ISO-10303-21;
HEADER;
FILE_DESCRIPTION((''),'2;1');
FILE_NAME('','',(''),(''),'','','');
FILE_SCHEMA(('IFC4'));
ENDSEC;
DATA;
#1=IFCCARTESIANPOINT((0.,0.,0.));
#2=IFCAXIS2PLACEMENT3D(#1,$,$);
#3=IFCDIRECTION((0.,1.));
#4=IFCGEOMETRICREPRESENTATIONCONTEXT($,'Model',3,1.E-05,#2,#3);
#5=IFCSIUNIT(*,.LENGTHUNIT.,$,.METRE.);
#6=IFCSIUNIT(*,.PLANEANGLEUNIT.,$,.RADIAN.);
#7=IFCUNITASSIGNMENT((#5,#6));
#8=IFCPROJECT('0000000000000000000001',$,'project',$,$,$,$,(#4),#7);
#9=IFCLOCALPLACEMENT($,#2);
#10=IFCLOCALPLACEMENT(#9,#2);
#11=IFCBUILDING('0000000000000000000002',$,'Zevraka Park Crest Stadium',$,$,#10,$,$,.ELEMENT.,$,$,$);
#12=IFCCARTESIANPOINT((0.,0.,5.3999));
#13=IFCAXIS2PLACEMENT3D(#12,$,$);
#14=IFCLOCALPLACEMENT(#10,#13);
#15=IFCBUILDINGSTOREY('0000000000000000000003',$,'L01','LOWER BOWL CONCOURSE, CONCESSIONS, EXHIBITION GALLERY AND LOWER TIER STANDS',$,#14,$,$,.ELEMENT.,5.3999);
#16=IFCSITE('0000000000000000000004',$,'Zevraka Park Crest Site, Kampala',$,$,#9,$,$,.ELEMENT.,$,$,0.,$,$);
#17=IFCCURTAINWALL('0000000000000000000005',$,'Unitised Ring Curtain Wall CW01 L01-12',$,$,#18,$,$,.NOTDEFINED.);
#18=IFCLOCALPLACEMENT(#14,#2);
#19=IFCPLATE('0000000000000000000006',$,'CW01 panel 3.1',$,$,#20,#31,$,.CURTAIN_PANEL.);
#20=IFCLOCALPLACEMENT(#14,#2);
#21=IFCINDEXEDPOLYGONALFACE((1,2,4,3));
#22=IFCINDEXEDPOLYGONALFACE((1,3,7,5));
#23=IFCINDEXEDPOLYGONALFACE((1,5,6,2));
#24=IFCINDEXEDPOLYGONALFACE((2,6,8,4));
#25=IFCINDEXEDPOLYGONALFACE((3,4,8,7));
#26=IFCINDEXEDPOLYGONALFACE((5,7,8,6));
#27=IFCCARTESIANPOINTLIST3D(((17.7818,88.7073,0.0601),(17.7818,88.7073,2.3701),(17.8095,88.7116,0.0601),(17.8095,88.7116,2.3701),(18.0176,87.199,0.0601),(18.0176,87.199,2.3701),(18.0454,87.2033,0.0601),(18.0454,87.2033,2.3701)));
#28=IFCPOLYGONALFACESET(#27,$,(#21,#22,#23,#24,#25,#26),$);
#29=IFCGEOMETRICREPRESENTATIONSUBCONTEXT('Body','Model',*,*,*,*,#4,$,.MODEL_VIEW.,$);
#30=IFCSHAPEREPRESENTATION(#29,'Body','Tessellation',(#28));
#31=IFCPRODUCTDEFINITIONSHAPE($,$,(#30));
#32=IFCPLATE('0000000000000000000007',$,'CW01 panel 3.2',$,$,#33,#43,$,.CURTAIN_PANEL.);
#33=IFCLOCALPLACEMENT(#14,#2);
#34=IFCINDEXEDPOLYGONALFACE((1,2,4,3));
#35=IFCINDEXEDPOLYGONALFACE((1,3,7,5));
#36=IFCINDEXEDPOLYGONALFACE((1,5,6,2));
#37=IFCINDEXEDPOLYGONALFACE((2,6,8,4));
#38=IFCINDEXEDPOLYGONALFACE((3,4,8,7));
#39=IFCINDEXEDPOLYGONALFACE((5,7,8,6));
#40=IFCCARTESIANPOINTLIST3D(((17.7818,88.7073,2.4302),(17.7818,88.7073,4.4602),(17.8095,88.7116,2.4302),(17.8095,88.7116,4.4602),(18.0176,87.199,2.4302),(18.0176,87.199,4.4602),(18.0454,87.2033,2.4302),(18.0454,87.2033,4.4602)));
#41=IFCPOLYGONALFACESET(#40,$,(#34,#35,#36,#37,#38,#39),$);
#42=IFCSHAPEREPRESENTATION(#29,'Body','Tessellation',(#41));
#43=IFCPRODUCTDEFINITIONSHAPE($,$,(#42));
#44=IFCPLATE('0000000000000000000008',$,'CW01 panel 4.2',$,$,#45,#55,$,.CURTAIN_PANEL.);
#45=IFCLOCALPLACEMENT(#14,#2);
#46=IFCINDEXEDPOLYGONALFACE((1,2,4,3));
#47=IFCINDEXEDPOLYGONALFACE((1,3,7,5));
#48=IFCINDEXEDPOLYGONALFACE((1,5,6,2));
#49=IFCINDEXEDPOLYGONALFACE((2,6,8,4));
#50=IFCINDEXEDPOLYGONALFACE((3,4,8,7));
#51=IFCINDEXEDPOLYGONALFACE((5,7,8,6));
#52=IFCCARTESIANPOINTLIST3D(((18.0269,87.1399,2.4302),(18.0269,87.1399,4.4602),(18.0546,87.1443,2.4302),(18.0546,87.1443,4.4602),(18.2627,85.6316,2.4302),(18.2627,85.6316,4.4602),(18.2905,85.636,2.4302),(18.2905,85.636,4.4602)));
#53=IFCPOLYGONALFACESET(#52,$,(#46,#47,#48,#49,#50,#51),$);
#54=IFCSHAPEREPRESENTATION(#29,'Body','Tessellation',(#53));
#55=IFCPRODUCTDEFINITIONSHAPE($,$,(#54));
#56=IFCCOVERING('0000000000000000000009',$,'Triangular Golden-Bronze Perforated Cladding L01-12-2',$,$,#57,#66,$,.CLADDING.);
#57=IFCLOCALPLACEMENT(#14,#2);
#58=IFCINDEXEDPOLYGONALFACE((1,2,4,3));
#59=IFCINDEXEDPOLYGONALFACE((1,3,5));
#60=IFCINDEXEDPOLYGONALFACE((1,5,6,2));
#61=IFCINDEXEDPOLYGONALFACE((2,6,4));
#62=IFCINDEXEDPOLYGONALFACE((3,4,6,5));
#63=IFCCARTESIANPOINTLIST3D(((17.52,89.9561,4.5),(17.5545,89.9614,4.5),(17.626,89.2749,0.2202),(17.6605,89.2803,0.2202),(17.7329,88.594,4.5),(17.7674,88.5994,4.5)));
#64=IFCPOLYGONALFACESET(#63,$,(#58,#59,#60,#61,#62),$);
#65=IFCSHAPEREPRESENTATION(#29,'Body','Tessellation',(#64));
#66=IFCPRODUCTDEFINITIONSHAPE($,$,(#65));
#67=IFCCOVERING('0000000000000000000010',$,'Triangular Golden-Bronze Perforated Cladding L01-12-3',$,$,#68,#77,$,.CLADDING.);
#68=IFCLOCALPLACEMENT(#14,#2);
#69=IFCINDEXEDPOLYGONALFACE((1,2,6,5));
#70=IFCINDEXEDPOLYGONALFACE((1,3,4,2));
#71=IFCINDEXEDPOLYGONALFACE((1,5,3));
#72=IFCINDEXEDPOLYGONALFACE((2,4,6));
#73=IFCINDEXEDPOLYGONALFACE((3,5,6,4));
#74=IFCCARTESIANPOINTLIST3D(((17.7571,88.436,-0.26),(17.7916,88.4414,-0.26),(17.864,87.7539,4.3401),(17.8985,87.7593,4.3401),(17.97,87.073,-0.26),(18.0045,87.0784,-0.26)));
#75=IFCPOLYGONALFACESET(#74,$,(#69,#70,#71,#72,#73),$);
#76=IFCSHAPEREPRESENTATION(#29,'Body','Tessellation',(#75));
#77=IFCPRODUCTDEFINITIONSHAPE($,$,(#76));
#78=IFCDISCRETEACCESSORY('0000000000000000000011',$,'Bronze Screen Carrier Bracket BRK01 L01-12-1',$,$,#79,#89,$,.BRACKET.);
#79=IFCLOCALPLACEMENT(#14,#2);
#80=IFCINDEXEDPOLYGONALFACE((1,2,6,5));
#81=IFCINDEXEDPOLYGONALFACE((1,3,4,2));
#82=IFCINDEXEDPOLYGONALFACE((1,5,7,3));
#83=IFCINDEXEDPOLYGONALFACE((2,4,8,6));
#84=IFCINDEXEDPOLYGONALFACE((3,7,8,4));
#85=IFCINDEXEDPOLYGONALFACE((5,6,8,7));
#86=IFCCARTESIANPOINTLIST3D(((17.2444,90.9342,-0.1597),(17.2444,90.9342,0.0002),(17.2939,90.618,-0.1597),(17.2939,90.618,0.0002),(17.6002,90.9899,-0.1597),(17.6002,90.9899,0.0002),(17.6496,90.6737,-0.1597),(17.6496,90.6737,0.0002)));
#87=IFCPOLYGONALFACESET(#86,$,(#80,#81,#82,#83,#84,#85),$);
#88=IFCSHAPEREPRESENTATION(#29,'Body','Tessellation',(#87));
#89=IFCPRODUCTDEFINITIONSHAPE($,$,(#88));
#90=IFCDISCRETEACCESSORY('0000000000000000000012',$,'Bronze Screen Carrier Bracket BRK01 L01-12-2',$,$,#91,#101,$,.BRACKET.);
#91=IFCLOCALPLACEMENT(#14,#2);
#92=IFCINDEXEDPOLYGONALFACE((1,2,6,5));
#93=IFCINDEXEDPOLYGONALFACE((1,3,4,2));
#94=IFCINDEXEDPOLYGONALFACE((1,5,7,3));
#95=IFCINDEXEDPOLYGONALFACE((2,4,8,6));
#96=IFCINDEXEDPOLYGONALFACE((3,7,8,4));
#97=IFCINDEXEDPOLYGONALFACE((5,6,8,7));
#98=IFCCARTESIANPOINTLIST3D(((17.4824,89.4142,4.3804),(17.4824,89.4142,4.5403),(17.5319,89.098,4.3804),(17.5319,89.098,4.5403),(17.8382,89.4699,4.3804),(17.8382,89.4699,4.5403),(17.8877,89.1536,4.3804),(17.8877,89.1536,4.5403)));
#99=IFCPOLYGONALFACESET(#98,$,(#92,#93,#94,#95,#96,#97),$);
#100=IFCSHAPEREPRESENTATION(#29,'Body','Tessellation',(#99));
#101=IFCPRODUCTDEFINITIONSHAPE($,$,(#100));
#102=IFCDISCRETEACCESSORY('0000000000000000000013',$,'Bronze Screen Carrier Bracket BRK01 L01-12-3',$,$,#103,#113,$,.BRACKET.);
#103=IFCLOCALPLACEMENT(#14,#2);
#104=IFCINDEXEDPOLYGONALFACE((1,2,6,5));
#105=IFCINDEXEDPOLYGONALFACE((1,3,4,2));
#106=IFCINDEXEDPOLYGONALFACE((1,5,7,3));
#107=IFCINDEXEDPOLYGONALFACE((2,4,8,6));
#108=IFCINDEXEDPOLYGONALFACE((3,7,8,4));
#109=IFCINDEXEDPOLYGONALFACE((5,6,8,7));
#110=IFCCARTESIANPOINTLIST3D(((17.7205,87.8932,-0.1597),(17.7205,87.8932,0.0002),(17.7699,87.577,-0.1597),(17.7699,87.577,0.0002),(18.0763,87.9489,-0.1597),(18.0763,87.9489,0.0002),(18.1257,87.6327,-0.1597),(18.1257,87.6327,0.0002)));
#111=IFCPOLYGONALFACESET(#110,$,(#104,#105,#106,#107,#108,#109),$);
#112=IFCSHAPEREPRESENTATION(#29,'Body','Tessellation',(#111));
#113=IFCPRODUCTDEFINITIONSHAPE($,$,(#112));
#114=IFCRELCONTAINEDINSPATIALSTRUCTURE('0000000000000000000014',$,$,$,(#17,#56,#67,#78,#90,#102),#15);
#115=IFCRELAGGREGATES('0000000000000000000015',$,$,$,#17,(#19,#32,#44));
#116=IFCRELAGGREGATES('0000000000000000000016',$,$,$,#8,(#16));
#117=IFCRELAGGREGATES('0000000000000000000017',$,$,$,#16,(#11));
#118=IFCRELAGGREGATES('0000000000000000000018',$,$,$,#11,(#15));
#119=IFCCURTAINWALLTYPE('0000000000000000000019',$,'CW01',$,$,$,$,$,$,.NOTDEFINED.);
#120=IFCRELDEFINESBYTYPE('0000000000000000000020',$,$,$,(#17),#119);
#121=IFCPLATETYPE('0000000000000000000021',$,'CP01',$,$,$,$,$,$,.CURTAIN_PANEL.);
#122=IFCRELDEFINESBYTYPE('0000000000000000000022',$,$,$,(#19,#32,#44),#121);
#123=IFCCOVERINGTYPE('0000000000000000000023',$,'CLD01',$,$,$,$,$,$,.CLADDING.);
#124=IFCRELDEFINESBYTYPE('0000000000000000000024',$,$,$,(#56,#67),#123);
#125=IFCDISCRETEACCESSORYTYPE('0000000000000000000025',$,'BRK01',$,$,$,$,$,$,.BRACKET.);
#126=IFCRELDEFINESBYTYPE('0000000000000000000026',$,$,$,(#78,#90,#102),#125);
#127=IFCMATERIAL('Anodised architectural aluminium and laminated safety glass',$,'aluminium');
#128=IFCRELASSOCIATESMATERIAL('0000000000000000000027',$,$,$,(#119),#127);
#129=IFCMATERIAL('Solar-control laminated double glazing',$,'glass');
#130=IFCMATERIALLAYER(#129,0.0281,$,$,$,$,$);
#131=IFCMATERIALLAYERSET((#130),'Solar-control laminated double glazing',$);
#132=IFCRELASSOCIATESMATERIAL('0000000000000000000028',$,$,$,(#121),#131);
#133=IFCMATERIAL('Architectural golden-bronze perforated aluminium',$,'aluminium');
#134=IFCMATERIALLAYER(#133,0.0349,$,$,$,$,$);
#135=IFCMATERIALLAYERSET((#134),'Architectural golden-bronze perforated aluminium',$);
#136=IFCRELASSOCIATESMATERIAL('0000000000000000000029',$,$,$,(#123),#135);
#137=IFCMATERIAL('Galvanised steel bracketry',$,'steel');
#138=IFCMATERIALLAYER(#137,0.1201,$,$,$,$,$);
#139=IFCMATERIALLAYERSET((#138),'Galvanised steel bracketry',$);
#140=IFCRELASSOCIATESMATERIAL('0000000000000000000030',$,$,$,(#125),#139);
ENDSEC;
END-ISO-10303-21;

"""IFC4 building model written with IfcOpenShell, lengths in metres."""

from ifc_helpers import new_model, si_unit, direction, frame, origin, origin_2d, place, context, subcontext, project, spatial, polyline, rectangle, outline, extrude, material, layer, layer_set, type_object, element, aggregate, save


model = new_model("IFC4")

# Units and contexts
model_context = context("Model", 3, precision=1e-05, world=origin(), true_north=direction((0.0, 1.0)))
body_context = subcontext(model_context, "Body", "Model", "MODEL_VIEW")
ifc_project = project(units=[si_unit("LENGTHUNIT", "METRE"), si_unit("PLANEANGLEUNIT", "RADIAN")], contexts=[model_context])

# Site, building, storey
site_placement = place(None, origin())
site = spatial("IfcSite", under=ifc_project, at=site_placement, Name="Zevraka Park Crest Site, Kampala", CompositionType="ELEMENT", RefElevation=0.0)
building_placement = place(site_placement, origin())
building = spatial("IfcBuilding", under=site, at=building_placement, Name="Zevraka Park Crest Stadium", CompositionType="ELEMENT")
storey_placement = place(building_placement, frame((0.0, 0.0, 5.3999)))
storey = spatial("IfcBuildingStorey", under=building, at=storey_placement, Name="L01", Description="LOWER BOWL CONCOURSE, CONCESSIONS, EXHIBITION GALLERY AND LOWER TIER STANDS", CompositionType="ELEMENT", Elevation=5.3999)

# Curtain wall, plates
ifc_material_1 = material(Name="Anodised architectural aluminium and laminated safety glass", Category="aluminium")
curtain_wall_type = type_object("IfcCurtainWallType", Name="CW01", PredefinedType="NOTDEFINED", material=ifc_material_1)
curtain_wall_placement = place(storey_placement, origin())
curtain_wall = element("IfcCurtainWall", 1, at=curtain_wall_placement, inside=storey, type_object=curtain_wall_type, Name="Unitised Ring Curtain Wall CW01 L01-12", PredefinedType="NOTDEFINED")
ifc_material_2 = material(Name="Solar-control laminated double glazing", Category="glass")
ifc_layer_1 = layer(ifc_material_2, 0.0281)
ifc_layer_set_1 = layer_set([ifc_layer_1], Name="Solar-control laminated double glazing")
plate_type = type_object("IfcPlateType", Name="CP01", PredefinedType="CURTAIN_PANEL", material=ifc_layer_set_1)
plate_1_placement = place(storey_placement, frame((17.9136, 87.9553, 0.0601), z_axis=(0.0, 0.0, 1.0), x_axis=(0.154476, -0.987997, 0.0)))
plate_1 = element("IfcPlate", 2, at=plate_1_placement, type_object=plate_type, Name="CW01 panel 3.1", PredefinedType="CURTAIN_PANEL", context=body_context, shape_type="SweptSolid", body=[
    extrude(rectangle(XDim=1.5266, YDim=0.0281, at=origin_2d()), origin(), (0.0, 0.0, 1.0), 2.3101),
])
plate_2_placement = place(storey_placement, frame((17.9136, 87.9553, 2.4302), z_axis=(0.0, 0.0, 1.0), x_axis=(0.154476, -0.987997, 0.0)))
plate_2 = element("IfcPlate", 3, at=plate_2_placement, type_object=plate_type, Name="CW01 panel 3.2", PredefinedType="CURTAIN_PANEL", context=body_context, shape_type="SweptSolid", body=[
    extrude(rectangle(XDim=1.5266, YDim=0.0281, at=origin_2d()), origin(), (0.0, 0.0, 1.0), 2.03),
])
plate_3_placement = place(storey_placement, frame((18.1587, 86.3879, 2.4302), z_axis=(0.0, 0.0, 1.0), x_axis=(0.154476, -0.987997, 0.0)))
plate_3 = element("IfcPlate", 4, at=plate_3_placement, type_object=plate_type, Name="CW01 panel 4.2", PredefinedType="CURTAIN_PANEL", context=body_context, shape_type="SweptSolid", body=[
    extrude(rectangle(XDim=1.5266, YDim=0.0281, at=origin_2d()), origin(), (0.0, 0.0, 1.0), 2.03),
])
aggregate(curtain_wall, [plate_1, plate_2, plate_3])

# Coverings
ifc_material_3 = material(Name="Architectural golden-bronze perforated aluminium", Category="aluminium")
ifc_layer_2 = layer(ifc_material_3, 0.0349)
ifc_layer_set_2 = layer_set([ifc_layer_2], Name="Architectural golden-bronze perforated aluminium")
covering_type = type_object("IfcCoveringType", Name="CLD01", PredefinedType="CLADDING", material=ifc_layer_set_2)
covering_1_placement = place(storey_placement, frame((17.7329, 88.594, 4.5), z_axis=(-0.988004, -0.154425, 0.000117), x_axis=(-0.154426, 0.988004, 0.0)))
element("IfcCovering", 5, at=covering_1_placement, inside=storey, type_object=covering_type, Name="Triangular Golden-Bronze Perforated Cladding L01-12-2", PredefinedType="CLADDING", context=body_context, shape_type="SweptSolid", body=[
    extrude(outline(polyline([(0.0, 0.0), (1.3786, 0.0), (0.6893, 4.2798), (0.0, 0.0)])), origin(), (0.0, 0.0, -1.0), 0.0349),
])
covering_2_placement = place(storey_placement, frame((17.7571, 88.436, -0.26), z_axis=(-0.988021, -0.154317, 0.000084), x_axis=(0.154317, -0.988021, 0.0)))
element("IfcCovering", 6, at=covering_2_placement, inside=storey, type_object=covering_type, Name="Triangular Golden-Bronze Perforated Cladding L01-12-3", PredefinedType="CLADDING", context=body_context, shape_type="SweptSolid", body=[
    extrude(outline(polyline([(0.0, 0.0), (1.3796, 0.0), (0.6905, 4.6001), (0.0, 0.0)])), origin(), (0.0, 0.0, -1.0), 0.0349),
])

# Discrete accessories
ifc_material_4 = material(Name="Galvanised steel bracketry", Category="steel")
ifc_layer_3 = layer(ifc_material_4, 0.1201)
ifc_layer_set_3 = layer_set([ifc_layer_3], Name="Galvanised steel bracketry")
discrete_accessory_type = type_object("IfcDiscreteAccessoryType", Name="BRK01", PredefinedType="BRACKET", material=ifc_layer_set_3)
for number, where, z_axis, x_axis, name in (
    (7, (17.447, 90.804, -0.1597), (0.0, 0.0, 1.0), (0.154538, -0.987987, 0.0), "Bronze Screen Carrier Bracket BRK01 L01-12-1"),
    (8, (17.6851, 89.2839, 4.3804), (0.0, 0.0, 1.0), (0.154538, -0.987987, 0.0), "Bronze Screen Carrier Bracket BRK01 L01-12-2"),
    (9, (17.9231, 87.7629, -0.1597), (0.0, 0.0, 1.0), (0.154538, -0.987987, 0.0), "Bronze Screen Carrier Bracket BRK01 L01-12-3"),
):
    element("IfcDiscreteAccessory", number, at=place(storey_placement, frame(where, z_axis=z_axis, x_axis=x_axis)), inside=storey, type_object=discrete_accessory_type, Name=name, PredefinedType="BRACKET", context=body_context, shape_type="SweptSolid", body=[
        extrude(rectangle(XDim=0.3201, YDim=0.3601, at=origin_2d()), origin(), (0.0, 0.0, 1.0), 0.1599),
    ])

save(model, "model.ifc")
